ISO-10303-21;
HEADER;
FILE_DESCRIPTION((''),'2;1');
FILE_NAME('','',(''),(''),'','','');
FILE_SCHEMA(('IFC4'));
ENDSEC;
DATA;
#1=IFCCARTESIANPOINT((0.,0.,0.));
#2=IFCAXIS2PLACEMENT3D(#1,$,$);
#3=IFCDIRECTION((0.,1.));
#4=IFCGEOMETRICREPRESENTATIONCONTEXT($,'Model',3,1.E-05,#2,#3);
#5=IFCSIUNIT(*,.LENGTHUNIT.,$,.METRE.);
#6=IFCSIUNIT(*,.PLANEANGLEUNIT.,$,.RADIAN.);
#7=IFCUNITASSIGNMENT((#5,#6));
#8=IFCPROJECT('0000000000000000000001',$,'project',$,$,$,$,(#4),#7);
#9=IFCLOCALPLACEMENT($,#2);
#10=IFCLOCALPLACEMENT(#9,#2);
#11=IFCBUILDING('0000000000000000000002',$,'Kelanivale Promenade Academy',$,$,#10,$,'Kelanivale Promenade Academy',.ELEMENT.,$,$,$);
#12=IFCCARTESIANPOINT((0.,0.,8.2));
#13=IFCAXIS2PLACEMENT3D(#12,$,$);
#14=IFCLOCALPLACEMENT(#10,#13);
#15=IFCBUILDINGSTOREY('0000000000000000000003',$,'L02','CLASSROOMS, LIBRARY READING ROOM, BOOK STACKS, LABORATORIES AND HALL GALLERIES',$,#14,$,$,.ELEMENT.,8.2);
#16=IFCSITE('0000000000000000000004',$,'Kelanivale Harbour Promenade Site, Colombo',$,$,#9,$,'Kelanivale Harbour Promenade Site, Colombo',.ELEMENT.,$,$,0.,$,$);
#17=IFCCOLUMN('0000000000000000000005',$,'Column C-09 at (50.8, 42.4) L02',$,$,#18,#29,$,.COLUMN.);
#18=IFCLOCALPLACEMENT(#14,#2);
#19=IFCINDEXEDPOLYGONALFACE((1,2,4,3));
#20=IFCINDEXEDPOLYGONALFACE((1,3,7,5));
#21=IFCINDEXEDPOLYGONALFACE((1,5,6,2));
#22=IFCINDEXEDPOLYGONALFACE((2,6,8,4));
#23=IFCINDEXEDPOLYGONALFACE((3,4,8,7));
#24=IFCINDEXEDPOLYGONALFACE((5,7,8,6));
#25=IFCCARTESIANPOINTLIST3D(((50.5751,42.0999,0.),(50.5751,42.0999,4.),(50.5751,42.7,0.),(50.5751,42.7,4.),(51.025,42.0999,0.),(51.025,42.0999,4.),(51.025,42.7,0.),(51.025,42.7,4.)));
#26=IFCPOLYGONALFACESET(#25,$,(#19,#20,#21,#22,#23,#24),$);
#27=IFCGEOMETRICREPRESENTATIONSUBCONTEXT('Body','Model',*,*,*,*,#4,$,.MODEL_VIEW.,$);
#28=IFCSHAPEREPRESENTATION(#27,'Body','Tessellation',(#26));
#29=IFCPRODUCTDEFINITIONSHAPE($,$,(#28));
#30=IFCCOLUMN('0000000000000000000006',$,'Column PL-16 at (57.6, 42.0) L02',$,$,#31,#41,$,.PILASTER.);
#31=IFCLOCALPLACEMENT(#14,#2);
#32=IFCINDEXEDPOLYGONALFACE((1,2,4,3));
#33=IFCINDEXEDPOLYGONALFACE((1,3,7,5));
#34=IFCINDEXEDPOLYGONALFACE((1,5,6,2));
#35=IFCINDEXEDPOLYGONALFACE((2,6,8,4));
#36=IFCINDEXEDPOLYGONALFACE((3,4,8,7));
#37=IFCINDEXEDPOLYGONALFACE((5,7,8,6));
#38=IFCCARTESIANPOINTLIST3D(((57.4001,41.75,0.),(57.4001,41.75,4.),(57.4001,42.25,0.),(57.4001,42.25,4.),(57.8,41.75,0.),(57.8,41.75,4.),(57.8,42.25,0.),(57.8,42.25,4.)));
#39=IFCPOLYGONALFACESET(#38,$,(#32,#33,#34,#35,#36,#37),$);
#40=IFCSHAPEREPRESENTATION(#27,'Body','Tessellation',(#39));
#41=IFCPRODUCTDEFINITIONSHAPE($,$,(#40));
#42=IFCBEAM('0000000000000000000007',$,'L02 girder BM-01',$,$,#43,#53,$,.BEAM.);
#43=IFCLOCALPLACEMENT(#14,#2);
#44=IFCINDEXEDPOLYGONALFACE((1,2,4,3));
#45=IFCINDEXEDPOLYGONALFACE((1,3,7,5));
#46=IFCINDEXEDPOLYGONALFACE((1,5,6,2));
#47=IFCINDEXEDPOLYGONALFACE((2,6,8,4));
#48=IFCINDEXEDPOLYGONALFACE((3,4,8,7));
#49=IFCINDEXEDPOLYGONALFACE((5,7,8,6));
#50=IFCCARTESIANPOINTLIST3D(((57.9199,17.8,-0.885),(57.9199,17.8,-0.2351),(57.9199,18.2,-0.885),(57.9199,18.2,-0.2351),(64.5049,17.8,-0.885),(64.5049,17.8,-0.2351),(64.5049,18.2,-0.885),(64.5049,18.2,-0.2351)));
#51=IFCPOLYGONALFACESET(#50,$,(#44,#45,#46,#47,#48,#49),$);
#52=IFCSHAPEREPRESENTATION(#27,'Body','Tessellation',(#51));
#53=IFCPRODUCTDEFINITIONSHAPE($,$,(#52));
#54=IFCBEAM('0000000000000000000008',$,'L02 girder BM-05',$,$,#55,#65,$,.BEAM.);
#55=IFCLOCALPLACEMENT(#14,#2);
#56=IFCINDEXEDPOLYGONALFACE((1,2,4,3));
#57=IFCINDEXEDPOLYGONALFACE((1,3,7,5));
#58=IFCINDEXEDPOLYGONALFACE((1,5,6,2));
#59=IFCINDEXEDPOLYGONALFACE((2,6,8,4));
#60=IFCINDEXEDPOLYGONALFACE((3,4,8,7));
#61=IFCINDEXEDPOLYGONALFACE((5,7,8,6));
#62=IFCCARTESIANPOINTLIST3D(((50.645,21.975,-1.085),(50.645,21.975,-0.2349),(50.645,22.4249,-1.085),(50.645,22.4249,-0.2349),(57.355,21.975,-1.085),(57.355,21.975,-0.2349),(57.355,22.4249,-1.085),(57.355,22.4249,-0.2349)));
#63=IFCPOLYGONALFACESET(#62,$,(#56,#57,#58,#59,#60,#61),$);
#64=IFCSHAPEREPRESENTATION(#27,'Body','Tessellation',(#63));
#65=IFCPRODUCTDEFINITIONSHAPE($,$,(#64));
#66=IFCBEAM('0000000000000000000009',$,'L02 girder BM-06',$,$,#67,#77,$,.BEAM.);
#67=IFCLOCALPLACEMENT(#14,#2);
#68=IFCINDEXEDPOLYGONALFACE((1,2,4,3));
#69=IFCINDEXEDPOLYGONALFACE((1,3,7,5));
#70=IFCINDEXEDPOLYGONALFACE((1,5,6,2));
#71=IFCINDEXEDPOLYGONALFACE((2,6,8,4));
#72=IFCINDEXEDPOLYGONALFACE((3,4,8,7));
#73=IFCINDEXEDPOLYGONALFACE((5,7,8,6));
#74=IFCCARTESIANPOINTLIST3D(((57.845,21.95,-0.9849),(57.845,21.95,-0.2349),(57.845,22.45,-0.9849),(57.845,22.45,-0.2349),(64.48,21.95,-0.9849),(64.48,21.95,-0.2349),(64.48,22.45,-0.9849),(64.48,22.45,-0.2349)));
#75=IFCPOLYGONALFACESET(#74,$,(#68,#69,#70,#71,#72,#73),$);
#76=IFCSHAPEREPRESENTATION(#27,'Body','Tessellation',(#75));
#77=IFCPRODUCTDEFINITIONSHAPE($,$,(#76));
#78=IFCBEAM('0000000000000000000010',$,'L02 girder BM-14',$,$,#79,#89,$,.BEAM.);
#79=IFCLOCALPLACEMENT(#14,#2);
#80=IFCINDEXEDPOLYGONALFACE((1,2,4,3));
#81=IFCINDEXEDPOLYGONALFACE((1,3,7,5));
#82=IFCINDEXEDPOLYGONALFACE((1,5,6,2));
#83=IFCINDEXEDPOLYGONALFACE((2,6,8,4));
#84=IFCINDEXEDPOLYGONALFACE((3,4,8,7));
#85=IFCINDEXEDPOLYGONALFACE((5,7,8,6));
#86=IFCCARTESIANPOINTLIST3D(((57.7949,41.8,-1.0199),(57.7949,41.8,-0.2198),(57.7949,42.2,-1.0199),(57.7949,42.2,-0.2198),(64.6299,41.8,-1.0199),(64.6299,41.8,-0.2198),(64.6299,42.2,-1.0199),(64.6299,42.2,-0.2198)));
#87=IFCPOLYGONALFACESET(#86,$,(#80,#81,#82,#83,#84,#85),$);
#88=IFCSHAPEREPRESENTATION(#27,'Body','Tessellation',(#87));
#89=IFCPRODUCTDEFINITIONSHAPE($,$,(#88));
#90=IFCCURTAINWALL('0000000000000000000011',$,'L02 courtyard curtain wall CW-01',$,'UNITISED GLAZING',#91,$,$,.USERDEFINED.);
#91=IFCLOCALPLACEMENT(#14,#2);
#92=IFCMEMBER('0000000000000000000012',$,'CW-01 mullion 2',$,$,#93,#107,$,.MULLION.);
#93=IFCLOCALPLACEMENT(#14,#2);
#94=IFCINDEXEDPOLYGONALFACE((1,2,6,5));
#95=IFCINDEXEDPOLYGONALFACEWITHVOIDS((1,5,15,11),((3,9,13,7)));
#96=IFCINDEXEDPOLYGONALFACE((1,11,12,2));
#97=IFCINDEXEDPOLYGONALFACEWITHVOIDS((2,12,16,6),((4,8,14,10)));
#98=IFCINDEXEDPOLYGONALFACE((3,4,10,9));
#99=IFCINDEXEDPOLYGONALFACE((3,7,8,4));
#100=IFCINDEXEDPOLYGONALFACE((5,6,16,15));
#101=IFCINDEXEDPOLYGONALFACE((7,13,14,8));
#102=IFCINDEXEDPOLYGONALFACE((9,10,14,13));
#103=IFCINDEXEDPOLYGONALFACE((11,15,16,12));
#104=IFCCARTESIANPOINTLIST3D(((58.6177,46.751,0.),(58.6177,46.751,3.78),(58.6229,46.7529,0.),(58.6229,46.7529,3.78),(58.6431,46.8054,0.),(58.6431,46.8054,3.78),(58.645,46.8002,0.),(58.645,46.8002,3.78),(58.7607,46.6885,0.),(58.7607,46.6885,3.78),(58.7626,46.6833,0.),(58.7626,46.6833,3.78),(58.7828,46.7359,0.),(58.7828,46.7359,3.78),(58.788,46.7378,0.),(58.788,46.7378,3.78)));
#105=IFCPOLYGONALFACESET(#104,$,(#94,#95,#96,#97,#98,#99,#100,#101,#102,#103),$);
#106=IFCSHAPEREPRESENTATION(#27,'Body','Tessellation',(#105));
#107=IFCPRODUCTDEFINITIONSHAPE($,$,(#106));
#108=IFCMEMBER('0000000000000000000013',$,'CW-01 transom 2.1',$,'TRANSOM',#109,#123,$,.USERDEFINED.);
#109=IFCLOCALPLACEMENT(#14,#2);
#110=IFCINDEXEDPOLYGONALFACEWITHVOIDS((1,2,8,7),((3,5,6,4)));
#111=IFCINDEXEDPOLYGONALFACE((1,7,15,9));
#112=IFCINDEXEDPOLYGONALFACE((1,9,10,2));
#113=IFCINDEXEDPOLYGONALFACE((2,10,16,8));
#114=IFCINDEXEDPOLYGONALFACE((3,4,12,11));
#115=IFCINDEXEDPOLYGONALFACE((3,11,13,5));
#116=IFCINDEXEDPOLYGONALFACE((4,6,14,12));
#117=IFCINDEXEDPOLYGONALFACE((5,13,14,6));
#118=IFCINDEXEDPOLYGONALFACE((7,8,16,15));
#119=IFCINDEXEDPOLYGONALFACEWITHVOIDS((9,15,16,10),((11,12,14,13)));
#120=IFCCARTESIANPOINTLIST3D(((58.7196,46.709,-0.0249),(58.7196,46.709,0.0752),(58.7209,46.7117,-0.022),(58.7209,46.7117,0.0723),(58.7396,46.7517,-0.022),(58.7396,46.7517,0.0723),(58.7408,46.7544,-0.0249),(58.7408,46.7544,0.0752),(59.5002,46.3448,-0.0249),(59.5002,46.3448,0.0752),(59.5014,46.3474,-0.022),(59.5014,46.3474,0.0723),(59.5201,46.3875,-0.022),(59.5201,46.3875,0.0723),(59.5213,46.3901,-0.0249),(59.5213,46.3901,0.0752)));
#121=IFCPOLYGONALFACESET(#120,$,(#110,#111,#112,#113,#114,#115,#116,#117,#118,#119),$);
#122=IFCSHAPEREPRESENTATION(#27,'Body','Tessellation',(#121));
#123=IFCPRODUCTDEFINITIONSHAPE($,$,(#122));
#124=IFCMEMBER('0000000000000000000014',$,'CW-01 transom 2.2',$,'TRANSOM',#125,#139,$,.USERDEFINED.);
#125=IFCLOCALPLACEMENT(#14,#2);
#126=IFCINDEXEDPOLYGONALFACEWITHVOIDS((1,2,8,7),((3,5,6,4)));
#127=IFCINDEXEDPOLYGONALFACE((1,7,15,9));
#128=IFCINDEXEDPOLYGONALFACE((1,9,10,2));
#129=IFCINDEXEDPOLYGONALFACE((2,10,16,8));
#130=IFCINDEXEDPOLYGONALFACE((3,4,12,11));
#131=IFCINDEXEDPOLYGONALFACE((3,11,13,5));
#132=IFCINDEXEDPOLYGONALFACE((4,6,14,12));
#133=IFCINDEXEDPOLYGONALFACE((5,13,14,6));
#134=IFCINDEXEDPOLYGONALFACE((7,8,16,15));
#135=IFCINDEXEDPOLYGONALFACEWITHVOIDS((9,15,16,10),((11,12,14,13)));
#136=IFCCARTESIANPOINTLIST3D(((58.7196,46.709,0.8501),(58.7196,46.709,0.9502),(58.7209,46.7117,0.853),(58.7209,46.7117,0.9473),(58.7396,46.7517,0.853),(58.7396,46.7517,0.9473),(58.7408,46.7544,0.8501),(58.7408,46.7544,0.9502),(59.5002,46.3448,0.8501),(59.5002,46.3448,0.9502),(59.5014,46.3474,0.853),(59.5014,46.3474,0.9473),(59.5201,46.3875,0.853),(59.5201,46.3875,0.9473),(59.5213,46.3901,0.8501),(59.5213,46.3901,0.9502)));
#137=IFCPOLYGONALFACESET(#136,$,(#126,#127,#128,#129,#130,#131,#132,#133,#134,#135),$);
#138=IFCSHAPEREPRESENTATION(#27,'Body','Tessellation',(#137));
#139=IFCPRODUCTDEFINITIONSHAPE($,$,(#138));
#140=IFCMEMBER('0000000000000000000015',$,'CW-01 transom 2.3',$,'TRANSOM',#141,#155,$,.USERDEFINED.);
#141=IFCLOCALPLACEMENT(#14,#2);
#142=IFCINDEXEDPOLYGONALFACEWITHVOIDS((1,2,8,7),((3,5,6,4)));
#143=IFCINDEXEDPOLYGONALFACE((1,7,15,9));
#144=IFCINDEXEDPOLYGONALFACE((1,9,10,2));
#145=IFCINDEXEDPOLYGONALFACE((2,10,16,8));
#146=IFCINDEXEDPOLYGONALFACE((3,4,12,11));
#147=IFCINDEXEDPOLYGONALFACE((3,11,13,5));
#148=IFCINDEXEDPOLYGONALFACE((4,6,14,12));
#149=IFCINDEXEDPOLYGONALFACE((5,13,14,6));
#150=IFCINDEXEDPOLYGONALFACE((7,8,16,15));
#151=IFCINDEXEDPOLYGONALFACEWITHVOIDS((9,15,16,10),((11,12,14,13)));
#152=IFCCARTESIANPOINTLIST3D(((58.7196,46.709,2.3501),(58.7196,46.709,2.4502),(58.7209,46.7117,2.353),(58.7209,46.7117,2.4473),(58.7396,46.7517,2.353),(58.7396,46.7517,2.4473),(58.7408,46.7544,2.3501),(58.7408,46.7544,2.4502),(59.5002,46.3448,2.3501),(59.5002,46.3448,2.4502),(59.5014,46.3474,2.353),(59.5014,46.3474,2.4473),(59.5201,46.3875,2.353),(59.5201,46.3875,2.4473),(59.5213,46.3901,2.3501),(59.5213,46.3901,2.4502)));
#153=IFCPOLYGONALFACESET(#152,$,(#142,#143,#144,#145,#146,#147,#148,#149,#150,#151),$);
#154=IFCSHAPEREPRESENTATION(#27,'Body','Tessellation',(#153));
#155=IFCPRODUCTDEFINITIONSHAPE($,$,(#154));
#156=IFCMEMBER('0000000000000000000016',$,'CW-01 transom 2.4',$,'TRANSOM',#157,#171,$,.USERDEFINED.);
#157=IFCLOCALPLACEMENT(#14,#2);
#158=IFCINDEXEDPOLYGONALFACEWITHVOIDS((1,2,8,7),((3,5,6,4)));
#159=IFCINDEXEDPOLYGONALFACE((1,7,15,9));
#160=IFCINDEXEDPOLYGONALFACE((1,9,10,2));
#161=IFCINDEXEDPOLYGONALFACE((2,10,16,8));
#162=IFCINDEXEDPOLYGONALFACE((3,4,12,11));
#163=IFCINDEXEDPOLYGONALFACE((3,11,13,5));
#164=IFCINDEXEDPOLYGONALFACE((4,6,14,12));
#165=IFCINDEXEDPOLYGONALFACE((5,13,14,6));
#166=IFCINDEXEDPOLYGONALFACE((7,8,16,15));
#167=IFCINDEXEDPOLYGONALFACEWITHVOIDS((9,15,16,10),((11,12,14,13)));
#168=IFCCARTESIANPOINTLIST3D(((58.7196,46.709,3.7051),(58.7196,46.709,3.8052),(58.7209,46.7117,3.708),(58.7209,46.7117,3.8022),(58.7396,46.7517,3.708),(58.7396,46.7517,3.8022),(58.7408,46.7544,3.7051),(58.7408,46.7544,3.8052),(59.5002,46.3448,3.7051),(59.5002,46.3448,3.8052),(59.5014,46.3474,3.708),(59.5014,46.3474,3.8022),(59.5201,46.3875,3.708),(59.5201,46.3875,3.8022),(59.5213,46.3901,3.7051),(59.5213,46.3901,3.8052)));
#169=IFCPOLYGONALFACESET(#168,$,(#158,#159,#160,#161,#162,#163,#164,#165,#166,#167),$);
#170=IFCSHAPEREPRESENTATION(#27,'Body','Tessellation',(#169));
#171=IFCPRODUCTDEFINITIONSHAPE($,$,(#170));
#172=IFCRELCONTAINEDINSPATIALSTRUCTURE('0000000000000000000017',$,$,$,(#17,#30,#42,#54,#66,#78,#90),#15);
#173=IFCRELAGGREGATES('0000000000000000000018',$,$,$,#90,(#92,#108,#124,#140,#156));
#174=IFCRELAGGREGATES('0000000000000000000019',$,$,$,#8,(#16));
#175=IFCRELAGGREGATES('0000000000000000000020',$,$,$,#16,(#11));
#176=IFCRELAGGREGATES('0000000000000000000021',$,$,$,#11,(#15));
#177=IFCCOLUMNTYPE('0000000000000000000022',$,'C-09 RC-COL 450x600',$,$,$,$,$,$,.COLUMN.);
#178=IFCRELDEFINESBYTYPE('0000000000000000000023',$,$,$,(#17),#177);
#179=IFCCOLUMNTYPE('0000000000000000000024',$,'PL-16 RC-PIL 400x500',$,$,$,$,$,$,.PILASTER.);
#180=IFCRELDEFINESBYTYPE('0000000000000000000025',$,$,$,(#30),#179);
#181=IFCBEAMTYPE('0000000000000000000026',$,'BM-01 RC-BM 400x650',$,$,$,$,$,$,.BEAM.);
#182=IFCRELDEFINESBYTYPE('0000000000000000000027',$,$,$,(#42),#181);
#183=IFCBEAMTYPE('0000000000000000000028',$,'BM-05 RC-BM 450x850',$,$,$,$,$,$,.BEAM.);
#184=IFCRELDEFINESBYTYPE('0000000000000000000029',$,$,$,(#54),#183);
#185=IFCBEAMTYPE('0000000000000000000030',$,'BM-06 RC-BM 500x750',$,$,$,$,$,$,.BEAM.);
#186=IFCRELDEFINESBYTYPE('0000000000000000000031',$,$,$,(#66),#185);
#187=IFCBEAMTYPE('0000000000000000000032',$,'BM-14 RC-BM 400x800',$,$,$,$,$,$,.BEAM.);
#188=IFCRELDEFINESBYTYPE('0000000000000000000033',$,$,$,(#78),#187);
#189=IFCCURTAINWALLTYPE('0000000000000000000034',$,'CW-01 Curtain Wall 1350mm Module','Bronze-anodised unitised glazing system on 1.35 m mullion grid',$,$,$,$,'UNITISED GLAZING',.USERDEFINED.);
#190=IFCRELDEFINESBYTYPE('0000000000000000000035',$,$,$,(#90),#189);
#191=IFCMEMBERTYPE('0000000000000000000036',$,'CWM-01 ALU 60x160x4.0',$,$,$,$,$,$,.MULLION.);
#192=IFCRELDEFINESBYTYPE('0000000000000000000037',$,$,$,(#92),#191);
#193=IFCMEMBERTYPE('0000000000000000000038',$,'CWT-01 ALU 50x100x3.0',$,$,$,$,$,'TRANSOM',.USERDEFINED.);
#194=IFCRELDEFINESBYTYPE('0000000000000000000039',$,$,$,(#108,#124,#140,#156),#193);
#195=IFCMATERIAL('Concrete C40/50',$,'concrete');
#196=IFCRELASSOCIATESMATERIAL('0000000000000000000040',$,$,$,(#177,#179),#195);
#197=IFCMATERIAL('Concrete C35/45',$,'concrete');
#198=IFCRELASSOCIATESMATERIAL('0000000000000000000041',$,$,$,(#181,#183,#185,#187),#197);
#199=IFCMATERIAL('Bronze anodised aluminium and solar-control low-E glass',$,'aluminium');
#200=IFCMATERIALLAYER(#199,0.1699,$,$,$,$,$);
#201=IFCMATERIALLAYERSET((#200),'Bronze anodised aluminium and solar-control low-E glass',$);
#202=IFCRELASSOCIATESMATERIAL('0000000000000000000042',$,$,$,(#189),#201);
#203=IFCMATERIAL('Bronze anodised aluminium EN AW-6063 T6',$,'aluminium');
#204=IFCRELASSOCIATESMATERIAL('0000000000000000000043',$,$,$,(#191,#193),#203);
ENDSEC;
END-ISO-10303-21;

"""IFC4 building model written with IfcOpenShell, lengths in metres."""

from ifc_helpers import new_model, si_unit, direction, frame, origin, origin_2d, place, context, subcontext, project, spatial, rectangle, hollow_rectangle, extrude, material, layer, layer_set, material_profile, profile_set, type_object, element, aggregate, save


model = new_model("IFC4")

# Units and contexts
model_context = context("Model", 3, precision=1e-05, world=origin(), true_north=direction((0.0, 1.0)))
body_context = subcontext(model_context, "Body", "Model", "MODEL_VIEW")
ifc_project = project(units=[si_unit("LENGTHUNIT", "METRE"), si_unit("PLANEANGLEUNIT", "RADIAN")], contexts=[model_context])

# Site, building, storey
site_placement = place(None, origin())
site = spatial("IfcSite", under=ifc_project, at=site_placement, Name="Kelanivale Harbour Promenade Site, Colombo", LongName="Kelanivale Harbour Promenade Site, Colombo", CompositionType="ELEMENT", RefElevation=0.0)
building_placement = place(site_placement, origin())
building = spatial("IfcBuilding", under=site, at=building_placement, Name="Kelanivale Promenade Academy", LongName="Kelanivale Promenade Academy", CompositionType="ELEMENT")
storey_placement = place(building_placement, frame((0.0, 0.0, 8.2)))
storey = spatial("IfcBuildingStorey", under=building, at=storey_placement, Name="L02", Description="CLASSROOMS, LIBRARY READING ROOM, BOOK STACKS, LABORATORIES AND HALL GALLERIES", CompositionType="ELEMENT", Elevation=8.2)

# Columns
ifc_material_1 = material(Name="Concrete C40/50", Category="concrete")
ifc_material_profile_1 = material_profile(ifc_material_1, rectangle(XDim=0.45, YDim=0.6001, at=origin_2d()), Name="RC-COL 450x600")
ifc_profile_set_1 = profile_set([ifc_material_profile_1], Name="Concrete C40/50")
column_type_1 = type_object("IfcColumnType", Name="C-09 RC-COL 450x600", PredefinedType="COLUMN", material=ifc_profile_set_1)
column_1_placement = place(storey_placement, frame((50.8, 42.3999, 0.0), z_axis=(0.0, 0.0, 1.0), x_axis=(1.0, 0.0, 0.0)))
element("IfcColumn", 1, at=column_1_placement, inside=storey, type_object=column_type_1, Name="Column C-09 at (50.8, 42.4) L02", PredefinedType="COLUMN", context=body_context, shape_type="SweptSolid", body=[
    extrude(rectangle(XDim=0.45, YDim=0.6001, at=origin_2d()), origin(), (0.0, 0.0, 1.0), 4.0),
])
ifc_material_profile_2 = material_profile(ifc_material_1, rectangle(XDim=0.3999, YDim=0.5, at=origin_2d()), Name="RC-PIL 400x500")
ifc_profile_set_2 = profile_set([ifc_material_profile_2], Name="Concrete C40/50")
column_type_2 = type_object("IfcColumnType", Name="PL-16 RC-PIL 400x500", PredefinedType="PILASTER", material=ifc_profile_set_2)
column_2_placement = place(storey_placement, frame((57.6001, 42.0, 0.0), z_axis=(0.0, 0.0, 1.0), x_axis=(1.0, 0.0, 0.0)))
element("IfcColumn", 2, at=column_2_placement, inside=storey, type_object=column_type_2, Name="Column PL-16 at (57.6, 42.0) L02", PredefinedType="PILASTER", context=body_context, shape_type="SweptSolid", body=[
    extrude(rectangle(XDim=0.3999, YDim=0.5, at=origin_2d()), origin(), (0.0, 0.0, 1.0), 4.0),
])

# Beams
ifc_material_2 = material(Name="Concrete C35/45", Category="concrete")
ifc_material_profile_3 = material_profile(ifc_material_2, rectangle(XDim=0.3999, YDim=0.6499, at=origin_2d()), Name="RC-BM 400x650")
ifc_profile_set_3 = profile_set([ifc_material_profile_3], Name="Concrete C35/45")
beam_type_1 = type_object("IfcBeamType", Name="BM-01 RC-BM 400x650", PredefinedType="BEAM", material=ifc_profile_set_3)
beam_1_placement = place(storey_placement, frame((57.9199, 18.0, -0.5601), z_axis=(1.0, 0.0, 0.0), x_axis=(0.0, 1.0, 0.0)))
element("IfcBeam", 3, at=beam_1_placement, inside=storey, type_object=beam_type_1, Name="L02 girder BM-01", PredefinedType="BEAM", context=body_context, shape_type="SweptSolid", body=[
    extrude(rectangle(XDim=0.3999, YDim=0.6499, at=origin_2d()), origin(), (0.0, 0.0, 1.0), 6.585),
])
ifc_material_profile_4 = material_profile(ifc_material_2, rectangle(XDim=0.45, YDim=0.8501, at=origin_2d()), Name="RC-BM 450x850")
ifc_profile_set_4 = profile_set([ifc_material_profile_4], Name="Concrete C35/45")
beam_type_2 = type_object("IfcBeamType", Name="BM-05 RC-BM 450x850", PredefinedType="BEAM", material=ifc_profile_set_4)
beam_2_placement = place(storey_placement, frame((50.645, 22.2, -0.6599), z_axis=(1.0, 0.0, 0.0), x_axis=(0.0, 1.0, 0.0)))
element("IfcBeam", 4, at=beam_2_placement, inside=storey, type_object=beam_type_2, Name="L02 girder BM-05", PredefinedType="BEAM", context=body_context, shape_type="SweptSolid", body=[
    extrude(rectangle(XDim=0.45, YDim=0.8501, at=origin_2d()), origin(), (0.0, 0.0, 1.0), 6.71),
])
ifc_material_profile_5 = material_profile(ifc_material_2, rectangle(XDim=0.5, YDim=0.75, at=origin_2d()), Name="RC-BM 500x750")
ifc_profile_set_5 = profile_set([ifc_material_profile_5], Name="Concrete C35/45")
beam_type_3 = type_object("IfcBeamType", Name="BM-06 RC-BM 500x750", PredefinedType="BEAM", material=ifc_profile_set_5)
beam_3_placement = place(storey_placement, frame((57.845, 22.2, -0.6099), z_axis=(1.0, 0.0, 0.0), x_axis=(0.0, 1.0, 0.0)))
element("IfcBeam", 5, at=beam_3_placement, inside=storey, type_object=beam_type_3, Name="L02 girder BM-06", PredefinedType="BEAM", context=body_context, shape_type="SweptSolid", body=[
    extrude(rectangle(XDim=0.5, YDim=0.75, at=origin_2d()), origin(), (0.0, 0.0, 1.0), 6.635),
])
ifc_material_profile_6 = material_profile(ifc_material_2, rectangle(XDim=0.3999, YDim=0.8, at=origin_2d()), Name="RC-BM 400x800")
ifc_profile_set_6 = profile_set([ifc_material_profile_6], Name="Concrete C35/45")
beam_type_4 = type_object("IfcBeamType", Name="BM-14 RC-BM 400x800", PredefinedType="BEAM", material=ifc_profile_set_6)
beam_4_placement = place(storey_placement, frame((57.7949, 42.0, -0.6199), z_axis=(1.0, 0.0, 0.0), x_axis=(0.0, 1.0, 0.0)))
element("IfcBeam", 6, at=beam_4_placement, inside=storey, type_object=beam_type_4, Name="L02 girder BM-14", PredefinedType="BEAM", context=body_context, shape_type="SweptSolid", body=[
    extrude(rectangle(XDim=0.3999, YDim=0.8, at=origin_2d()), origin(), (0.0, 0.0, 1.0), 6.835),
])

# Curtain wall, members
ifc_material_3 = material(Name="Bronze anodised aluminium and solar-control low-E glass", Category="aluminium")
ifc_layer_1 = layer(ifc_material_3, 0.1699)
ifc_layer_set_1 = layer_set([ifc_layer_1], Name="Bronze anodised aluminium and solar-control low-E glass")
curtain_wall_type = type_object("IfcCurtainWallType", Name="CW-01 Curtain Wall 1350mm Module", Description="Bronze-anodised unitised glazing system on 1.35 m mullion grid", ElementType="UNITISED GLAZING", PredefinedType="USERDEFINED", material=ifc_layer_set_1)
curtain_wall_placement = place(storey_placement, origin())
curtain_wall = element("IfcCurtainWall", 7, at=curtain_wall_placement, inside=storey, type_object=curtain_wall_type, Name="L02 courtyard curtain wall CW-01", ObjectType="UNITISED GLAZING", PredefinedType="USERDEFINED")
ifc_material_4 = material(Name="Bronze anodised aluminium EN AW-6063 T6", Category="aluminium")
ifc_material_profile_7 = material_profile(ifc_material_4, hollow_rectangle(XDim=0.0601, YDim=0.1599, WallThickness=0.0039, at=origin_2d()), Name="ALU 60x160x4.0")
ifc_profile_set_7 = profile_set([ifc_material_profile_7], Name="Bronze anodised aluminium EN AW-6063 T6")
member_type_1 = type_object("IfcMemberType", Name="CWM-01 ALU 60x160x4.0", PredefinedType="MULLION", material=ifc_profile_set_7)
member_1_placement = place(storey_placement, frame((58.7029, 46.7444, 0.0), z_axis=(0.0, 0.0, 1.0), x_axis=(0.423087, 0.906089, 0.0)))
member_1 = element("IfcMember", 8, at=member_1_placement, type_object=member_type_1, Name="CW-01 mullion 2", PredefinedType="MULLION", context=body_context, shape_type="SweptSolid", body=[
    extrude(hollow_rectangle(XDim=0.0601, YDim=0.1599, WallThickness=0.0039, at=origin_2d()), origin(), (0.0, 0.0, 1.0), 3.78),
])
ifc_material_profile_8 = material_profile(ifc_material_4, hollow_rectangle(XDim=0.05, YDim=0.1001, WallThickness=0.0029, at=origin_2d()), Name="ALU 50x100x3.0")
ifc_profile_set_8 = profile_set([ifc_material_profile_8], Name="Bronze anodised aluminium EN AW-6063 T6")
member_type_2 = type_object("IfcMemberType", Name="CWT-01 ALU 50x100x3.0", ElementType="TRANSOM", PredefinedType="USERDEFINED", material=ifc_profile_set_8)
member_2_placement = place(storey_placement, frame((58.7302, 46.7317, 0.0251), z_axis=(0.906176, -0.422901, 0.0), x_axis=(0.422901, 0.906176, 0.0)))
member_2 = element("IfcMember", 9, at=member_2_placement, type_object=member_type_2, Name="CW-01 transom 2.1", ObjectType="TRANSOM", PredefinedType="USERDEFINED", context=body_context, shape_type="SweptSolid", body=[
    extrude(hollow_rectangle(XDim=0.05, YDim=0.1001, WallThickness=0.0029, at=origin_2d()), origin(), (0.0, 0.0, 1.0), 0.8613),
])
member_3_placement = place(storey_placement, frame((58.7302, 46.7317, 0.9001), z_axis=(0.906176, -0.422901, 0.0), x_axis=(0.422901, 0.906176, 0.0)))
member_3 = element("IfcMember", 10, at=member_3_placement, type_object=member_type_2, Name="CW-01 transom 2.2", ObjectType="TRANSOM", PredefinedType="USERDEFINED", context=body_context, shape_type="SweptSolid", body=[
    extrude(hollow_rectangle(XDim=0.05, YDim=0.1001, WallThickness=0.0029, at=origin_2d()), origin(), (0.0, 0.0, 1.0), 0.8613),
])
member_4_placement = place(storey_placement, frame((58.7302, 46.7317, 2.4001), z_axis=(0.906176, -0.422901, 0.0), x_axis=(0.422901, 0.906176, 0.0)))
member_4 = element("IfcMember", 11, at=member_4_placement, type_object=member_type_2, Name="CW-01 transom 2.3", ObjectType="TRANSOM", PredefinedType="USERDEFINED", context=body_context, shape_type="SweptSolid", body=[
    extrude(hollow_rectangle(XDim=0.05, YDim=0.1001, WallThickness=0.0029, at=origin_2d()), origin(), (0.0, 0.0, 1.0), 0.8613),
])
member_5_placement = place(storey_placement, frame((58.7302, 46.7317, 3.7551), z_axis=(0.906176, -0.422901, 0.0), x_axis=(0.422901, 0.906176, 0.0)))
member_5 = element("IfcMember", 12, at=member_5_placement, type_object=member_type_2, Name="CW-01 transom 2.4", ObjectType="TRANSOM", PredefinedType="USERDEFINED", context=body_context, shape_type="SweptSolid", body=[
    extrude(hollow_rectangle(XDim=0.05, YDim=0.1001, WallThickness=0.0029, at=origin_2d()), origin(), (0.0, 0.0, 1.0), 0.8613),
])

aggregate(curtain_wall, [member_1, member_2, member_3, member_4, member_5])

save(model, "model.ifc")
